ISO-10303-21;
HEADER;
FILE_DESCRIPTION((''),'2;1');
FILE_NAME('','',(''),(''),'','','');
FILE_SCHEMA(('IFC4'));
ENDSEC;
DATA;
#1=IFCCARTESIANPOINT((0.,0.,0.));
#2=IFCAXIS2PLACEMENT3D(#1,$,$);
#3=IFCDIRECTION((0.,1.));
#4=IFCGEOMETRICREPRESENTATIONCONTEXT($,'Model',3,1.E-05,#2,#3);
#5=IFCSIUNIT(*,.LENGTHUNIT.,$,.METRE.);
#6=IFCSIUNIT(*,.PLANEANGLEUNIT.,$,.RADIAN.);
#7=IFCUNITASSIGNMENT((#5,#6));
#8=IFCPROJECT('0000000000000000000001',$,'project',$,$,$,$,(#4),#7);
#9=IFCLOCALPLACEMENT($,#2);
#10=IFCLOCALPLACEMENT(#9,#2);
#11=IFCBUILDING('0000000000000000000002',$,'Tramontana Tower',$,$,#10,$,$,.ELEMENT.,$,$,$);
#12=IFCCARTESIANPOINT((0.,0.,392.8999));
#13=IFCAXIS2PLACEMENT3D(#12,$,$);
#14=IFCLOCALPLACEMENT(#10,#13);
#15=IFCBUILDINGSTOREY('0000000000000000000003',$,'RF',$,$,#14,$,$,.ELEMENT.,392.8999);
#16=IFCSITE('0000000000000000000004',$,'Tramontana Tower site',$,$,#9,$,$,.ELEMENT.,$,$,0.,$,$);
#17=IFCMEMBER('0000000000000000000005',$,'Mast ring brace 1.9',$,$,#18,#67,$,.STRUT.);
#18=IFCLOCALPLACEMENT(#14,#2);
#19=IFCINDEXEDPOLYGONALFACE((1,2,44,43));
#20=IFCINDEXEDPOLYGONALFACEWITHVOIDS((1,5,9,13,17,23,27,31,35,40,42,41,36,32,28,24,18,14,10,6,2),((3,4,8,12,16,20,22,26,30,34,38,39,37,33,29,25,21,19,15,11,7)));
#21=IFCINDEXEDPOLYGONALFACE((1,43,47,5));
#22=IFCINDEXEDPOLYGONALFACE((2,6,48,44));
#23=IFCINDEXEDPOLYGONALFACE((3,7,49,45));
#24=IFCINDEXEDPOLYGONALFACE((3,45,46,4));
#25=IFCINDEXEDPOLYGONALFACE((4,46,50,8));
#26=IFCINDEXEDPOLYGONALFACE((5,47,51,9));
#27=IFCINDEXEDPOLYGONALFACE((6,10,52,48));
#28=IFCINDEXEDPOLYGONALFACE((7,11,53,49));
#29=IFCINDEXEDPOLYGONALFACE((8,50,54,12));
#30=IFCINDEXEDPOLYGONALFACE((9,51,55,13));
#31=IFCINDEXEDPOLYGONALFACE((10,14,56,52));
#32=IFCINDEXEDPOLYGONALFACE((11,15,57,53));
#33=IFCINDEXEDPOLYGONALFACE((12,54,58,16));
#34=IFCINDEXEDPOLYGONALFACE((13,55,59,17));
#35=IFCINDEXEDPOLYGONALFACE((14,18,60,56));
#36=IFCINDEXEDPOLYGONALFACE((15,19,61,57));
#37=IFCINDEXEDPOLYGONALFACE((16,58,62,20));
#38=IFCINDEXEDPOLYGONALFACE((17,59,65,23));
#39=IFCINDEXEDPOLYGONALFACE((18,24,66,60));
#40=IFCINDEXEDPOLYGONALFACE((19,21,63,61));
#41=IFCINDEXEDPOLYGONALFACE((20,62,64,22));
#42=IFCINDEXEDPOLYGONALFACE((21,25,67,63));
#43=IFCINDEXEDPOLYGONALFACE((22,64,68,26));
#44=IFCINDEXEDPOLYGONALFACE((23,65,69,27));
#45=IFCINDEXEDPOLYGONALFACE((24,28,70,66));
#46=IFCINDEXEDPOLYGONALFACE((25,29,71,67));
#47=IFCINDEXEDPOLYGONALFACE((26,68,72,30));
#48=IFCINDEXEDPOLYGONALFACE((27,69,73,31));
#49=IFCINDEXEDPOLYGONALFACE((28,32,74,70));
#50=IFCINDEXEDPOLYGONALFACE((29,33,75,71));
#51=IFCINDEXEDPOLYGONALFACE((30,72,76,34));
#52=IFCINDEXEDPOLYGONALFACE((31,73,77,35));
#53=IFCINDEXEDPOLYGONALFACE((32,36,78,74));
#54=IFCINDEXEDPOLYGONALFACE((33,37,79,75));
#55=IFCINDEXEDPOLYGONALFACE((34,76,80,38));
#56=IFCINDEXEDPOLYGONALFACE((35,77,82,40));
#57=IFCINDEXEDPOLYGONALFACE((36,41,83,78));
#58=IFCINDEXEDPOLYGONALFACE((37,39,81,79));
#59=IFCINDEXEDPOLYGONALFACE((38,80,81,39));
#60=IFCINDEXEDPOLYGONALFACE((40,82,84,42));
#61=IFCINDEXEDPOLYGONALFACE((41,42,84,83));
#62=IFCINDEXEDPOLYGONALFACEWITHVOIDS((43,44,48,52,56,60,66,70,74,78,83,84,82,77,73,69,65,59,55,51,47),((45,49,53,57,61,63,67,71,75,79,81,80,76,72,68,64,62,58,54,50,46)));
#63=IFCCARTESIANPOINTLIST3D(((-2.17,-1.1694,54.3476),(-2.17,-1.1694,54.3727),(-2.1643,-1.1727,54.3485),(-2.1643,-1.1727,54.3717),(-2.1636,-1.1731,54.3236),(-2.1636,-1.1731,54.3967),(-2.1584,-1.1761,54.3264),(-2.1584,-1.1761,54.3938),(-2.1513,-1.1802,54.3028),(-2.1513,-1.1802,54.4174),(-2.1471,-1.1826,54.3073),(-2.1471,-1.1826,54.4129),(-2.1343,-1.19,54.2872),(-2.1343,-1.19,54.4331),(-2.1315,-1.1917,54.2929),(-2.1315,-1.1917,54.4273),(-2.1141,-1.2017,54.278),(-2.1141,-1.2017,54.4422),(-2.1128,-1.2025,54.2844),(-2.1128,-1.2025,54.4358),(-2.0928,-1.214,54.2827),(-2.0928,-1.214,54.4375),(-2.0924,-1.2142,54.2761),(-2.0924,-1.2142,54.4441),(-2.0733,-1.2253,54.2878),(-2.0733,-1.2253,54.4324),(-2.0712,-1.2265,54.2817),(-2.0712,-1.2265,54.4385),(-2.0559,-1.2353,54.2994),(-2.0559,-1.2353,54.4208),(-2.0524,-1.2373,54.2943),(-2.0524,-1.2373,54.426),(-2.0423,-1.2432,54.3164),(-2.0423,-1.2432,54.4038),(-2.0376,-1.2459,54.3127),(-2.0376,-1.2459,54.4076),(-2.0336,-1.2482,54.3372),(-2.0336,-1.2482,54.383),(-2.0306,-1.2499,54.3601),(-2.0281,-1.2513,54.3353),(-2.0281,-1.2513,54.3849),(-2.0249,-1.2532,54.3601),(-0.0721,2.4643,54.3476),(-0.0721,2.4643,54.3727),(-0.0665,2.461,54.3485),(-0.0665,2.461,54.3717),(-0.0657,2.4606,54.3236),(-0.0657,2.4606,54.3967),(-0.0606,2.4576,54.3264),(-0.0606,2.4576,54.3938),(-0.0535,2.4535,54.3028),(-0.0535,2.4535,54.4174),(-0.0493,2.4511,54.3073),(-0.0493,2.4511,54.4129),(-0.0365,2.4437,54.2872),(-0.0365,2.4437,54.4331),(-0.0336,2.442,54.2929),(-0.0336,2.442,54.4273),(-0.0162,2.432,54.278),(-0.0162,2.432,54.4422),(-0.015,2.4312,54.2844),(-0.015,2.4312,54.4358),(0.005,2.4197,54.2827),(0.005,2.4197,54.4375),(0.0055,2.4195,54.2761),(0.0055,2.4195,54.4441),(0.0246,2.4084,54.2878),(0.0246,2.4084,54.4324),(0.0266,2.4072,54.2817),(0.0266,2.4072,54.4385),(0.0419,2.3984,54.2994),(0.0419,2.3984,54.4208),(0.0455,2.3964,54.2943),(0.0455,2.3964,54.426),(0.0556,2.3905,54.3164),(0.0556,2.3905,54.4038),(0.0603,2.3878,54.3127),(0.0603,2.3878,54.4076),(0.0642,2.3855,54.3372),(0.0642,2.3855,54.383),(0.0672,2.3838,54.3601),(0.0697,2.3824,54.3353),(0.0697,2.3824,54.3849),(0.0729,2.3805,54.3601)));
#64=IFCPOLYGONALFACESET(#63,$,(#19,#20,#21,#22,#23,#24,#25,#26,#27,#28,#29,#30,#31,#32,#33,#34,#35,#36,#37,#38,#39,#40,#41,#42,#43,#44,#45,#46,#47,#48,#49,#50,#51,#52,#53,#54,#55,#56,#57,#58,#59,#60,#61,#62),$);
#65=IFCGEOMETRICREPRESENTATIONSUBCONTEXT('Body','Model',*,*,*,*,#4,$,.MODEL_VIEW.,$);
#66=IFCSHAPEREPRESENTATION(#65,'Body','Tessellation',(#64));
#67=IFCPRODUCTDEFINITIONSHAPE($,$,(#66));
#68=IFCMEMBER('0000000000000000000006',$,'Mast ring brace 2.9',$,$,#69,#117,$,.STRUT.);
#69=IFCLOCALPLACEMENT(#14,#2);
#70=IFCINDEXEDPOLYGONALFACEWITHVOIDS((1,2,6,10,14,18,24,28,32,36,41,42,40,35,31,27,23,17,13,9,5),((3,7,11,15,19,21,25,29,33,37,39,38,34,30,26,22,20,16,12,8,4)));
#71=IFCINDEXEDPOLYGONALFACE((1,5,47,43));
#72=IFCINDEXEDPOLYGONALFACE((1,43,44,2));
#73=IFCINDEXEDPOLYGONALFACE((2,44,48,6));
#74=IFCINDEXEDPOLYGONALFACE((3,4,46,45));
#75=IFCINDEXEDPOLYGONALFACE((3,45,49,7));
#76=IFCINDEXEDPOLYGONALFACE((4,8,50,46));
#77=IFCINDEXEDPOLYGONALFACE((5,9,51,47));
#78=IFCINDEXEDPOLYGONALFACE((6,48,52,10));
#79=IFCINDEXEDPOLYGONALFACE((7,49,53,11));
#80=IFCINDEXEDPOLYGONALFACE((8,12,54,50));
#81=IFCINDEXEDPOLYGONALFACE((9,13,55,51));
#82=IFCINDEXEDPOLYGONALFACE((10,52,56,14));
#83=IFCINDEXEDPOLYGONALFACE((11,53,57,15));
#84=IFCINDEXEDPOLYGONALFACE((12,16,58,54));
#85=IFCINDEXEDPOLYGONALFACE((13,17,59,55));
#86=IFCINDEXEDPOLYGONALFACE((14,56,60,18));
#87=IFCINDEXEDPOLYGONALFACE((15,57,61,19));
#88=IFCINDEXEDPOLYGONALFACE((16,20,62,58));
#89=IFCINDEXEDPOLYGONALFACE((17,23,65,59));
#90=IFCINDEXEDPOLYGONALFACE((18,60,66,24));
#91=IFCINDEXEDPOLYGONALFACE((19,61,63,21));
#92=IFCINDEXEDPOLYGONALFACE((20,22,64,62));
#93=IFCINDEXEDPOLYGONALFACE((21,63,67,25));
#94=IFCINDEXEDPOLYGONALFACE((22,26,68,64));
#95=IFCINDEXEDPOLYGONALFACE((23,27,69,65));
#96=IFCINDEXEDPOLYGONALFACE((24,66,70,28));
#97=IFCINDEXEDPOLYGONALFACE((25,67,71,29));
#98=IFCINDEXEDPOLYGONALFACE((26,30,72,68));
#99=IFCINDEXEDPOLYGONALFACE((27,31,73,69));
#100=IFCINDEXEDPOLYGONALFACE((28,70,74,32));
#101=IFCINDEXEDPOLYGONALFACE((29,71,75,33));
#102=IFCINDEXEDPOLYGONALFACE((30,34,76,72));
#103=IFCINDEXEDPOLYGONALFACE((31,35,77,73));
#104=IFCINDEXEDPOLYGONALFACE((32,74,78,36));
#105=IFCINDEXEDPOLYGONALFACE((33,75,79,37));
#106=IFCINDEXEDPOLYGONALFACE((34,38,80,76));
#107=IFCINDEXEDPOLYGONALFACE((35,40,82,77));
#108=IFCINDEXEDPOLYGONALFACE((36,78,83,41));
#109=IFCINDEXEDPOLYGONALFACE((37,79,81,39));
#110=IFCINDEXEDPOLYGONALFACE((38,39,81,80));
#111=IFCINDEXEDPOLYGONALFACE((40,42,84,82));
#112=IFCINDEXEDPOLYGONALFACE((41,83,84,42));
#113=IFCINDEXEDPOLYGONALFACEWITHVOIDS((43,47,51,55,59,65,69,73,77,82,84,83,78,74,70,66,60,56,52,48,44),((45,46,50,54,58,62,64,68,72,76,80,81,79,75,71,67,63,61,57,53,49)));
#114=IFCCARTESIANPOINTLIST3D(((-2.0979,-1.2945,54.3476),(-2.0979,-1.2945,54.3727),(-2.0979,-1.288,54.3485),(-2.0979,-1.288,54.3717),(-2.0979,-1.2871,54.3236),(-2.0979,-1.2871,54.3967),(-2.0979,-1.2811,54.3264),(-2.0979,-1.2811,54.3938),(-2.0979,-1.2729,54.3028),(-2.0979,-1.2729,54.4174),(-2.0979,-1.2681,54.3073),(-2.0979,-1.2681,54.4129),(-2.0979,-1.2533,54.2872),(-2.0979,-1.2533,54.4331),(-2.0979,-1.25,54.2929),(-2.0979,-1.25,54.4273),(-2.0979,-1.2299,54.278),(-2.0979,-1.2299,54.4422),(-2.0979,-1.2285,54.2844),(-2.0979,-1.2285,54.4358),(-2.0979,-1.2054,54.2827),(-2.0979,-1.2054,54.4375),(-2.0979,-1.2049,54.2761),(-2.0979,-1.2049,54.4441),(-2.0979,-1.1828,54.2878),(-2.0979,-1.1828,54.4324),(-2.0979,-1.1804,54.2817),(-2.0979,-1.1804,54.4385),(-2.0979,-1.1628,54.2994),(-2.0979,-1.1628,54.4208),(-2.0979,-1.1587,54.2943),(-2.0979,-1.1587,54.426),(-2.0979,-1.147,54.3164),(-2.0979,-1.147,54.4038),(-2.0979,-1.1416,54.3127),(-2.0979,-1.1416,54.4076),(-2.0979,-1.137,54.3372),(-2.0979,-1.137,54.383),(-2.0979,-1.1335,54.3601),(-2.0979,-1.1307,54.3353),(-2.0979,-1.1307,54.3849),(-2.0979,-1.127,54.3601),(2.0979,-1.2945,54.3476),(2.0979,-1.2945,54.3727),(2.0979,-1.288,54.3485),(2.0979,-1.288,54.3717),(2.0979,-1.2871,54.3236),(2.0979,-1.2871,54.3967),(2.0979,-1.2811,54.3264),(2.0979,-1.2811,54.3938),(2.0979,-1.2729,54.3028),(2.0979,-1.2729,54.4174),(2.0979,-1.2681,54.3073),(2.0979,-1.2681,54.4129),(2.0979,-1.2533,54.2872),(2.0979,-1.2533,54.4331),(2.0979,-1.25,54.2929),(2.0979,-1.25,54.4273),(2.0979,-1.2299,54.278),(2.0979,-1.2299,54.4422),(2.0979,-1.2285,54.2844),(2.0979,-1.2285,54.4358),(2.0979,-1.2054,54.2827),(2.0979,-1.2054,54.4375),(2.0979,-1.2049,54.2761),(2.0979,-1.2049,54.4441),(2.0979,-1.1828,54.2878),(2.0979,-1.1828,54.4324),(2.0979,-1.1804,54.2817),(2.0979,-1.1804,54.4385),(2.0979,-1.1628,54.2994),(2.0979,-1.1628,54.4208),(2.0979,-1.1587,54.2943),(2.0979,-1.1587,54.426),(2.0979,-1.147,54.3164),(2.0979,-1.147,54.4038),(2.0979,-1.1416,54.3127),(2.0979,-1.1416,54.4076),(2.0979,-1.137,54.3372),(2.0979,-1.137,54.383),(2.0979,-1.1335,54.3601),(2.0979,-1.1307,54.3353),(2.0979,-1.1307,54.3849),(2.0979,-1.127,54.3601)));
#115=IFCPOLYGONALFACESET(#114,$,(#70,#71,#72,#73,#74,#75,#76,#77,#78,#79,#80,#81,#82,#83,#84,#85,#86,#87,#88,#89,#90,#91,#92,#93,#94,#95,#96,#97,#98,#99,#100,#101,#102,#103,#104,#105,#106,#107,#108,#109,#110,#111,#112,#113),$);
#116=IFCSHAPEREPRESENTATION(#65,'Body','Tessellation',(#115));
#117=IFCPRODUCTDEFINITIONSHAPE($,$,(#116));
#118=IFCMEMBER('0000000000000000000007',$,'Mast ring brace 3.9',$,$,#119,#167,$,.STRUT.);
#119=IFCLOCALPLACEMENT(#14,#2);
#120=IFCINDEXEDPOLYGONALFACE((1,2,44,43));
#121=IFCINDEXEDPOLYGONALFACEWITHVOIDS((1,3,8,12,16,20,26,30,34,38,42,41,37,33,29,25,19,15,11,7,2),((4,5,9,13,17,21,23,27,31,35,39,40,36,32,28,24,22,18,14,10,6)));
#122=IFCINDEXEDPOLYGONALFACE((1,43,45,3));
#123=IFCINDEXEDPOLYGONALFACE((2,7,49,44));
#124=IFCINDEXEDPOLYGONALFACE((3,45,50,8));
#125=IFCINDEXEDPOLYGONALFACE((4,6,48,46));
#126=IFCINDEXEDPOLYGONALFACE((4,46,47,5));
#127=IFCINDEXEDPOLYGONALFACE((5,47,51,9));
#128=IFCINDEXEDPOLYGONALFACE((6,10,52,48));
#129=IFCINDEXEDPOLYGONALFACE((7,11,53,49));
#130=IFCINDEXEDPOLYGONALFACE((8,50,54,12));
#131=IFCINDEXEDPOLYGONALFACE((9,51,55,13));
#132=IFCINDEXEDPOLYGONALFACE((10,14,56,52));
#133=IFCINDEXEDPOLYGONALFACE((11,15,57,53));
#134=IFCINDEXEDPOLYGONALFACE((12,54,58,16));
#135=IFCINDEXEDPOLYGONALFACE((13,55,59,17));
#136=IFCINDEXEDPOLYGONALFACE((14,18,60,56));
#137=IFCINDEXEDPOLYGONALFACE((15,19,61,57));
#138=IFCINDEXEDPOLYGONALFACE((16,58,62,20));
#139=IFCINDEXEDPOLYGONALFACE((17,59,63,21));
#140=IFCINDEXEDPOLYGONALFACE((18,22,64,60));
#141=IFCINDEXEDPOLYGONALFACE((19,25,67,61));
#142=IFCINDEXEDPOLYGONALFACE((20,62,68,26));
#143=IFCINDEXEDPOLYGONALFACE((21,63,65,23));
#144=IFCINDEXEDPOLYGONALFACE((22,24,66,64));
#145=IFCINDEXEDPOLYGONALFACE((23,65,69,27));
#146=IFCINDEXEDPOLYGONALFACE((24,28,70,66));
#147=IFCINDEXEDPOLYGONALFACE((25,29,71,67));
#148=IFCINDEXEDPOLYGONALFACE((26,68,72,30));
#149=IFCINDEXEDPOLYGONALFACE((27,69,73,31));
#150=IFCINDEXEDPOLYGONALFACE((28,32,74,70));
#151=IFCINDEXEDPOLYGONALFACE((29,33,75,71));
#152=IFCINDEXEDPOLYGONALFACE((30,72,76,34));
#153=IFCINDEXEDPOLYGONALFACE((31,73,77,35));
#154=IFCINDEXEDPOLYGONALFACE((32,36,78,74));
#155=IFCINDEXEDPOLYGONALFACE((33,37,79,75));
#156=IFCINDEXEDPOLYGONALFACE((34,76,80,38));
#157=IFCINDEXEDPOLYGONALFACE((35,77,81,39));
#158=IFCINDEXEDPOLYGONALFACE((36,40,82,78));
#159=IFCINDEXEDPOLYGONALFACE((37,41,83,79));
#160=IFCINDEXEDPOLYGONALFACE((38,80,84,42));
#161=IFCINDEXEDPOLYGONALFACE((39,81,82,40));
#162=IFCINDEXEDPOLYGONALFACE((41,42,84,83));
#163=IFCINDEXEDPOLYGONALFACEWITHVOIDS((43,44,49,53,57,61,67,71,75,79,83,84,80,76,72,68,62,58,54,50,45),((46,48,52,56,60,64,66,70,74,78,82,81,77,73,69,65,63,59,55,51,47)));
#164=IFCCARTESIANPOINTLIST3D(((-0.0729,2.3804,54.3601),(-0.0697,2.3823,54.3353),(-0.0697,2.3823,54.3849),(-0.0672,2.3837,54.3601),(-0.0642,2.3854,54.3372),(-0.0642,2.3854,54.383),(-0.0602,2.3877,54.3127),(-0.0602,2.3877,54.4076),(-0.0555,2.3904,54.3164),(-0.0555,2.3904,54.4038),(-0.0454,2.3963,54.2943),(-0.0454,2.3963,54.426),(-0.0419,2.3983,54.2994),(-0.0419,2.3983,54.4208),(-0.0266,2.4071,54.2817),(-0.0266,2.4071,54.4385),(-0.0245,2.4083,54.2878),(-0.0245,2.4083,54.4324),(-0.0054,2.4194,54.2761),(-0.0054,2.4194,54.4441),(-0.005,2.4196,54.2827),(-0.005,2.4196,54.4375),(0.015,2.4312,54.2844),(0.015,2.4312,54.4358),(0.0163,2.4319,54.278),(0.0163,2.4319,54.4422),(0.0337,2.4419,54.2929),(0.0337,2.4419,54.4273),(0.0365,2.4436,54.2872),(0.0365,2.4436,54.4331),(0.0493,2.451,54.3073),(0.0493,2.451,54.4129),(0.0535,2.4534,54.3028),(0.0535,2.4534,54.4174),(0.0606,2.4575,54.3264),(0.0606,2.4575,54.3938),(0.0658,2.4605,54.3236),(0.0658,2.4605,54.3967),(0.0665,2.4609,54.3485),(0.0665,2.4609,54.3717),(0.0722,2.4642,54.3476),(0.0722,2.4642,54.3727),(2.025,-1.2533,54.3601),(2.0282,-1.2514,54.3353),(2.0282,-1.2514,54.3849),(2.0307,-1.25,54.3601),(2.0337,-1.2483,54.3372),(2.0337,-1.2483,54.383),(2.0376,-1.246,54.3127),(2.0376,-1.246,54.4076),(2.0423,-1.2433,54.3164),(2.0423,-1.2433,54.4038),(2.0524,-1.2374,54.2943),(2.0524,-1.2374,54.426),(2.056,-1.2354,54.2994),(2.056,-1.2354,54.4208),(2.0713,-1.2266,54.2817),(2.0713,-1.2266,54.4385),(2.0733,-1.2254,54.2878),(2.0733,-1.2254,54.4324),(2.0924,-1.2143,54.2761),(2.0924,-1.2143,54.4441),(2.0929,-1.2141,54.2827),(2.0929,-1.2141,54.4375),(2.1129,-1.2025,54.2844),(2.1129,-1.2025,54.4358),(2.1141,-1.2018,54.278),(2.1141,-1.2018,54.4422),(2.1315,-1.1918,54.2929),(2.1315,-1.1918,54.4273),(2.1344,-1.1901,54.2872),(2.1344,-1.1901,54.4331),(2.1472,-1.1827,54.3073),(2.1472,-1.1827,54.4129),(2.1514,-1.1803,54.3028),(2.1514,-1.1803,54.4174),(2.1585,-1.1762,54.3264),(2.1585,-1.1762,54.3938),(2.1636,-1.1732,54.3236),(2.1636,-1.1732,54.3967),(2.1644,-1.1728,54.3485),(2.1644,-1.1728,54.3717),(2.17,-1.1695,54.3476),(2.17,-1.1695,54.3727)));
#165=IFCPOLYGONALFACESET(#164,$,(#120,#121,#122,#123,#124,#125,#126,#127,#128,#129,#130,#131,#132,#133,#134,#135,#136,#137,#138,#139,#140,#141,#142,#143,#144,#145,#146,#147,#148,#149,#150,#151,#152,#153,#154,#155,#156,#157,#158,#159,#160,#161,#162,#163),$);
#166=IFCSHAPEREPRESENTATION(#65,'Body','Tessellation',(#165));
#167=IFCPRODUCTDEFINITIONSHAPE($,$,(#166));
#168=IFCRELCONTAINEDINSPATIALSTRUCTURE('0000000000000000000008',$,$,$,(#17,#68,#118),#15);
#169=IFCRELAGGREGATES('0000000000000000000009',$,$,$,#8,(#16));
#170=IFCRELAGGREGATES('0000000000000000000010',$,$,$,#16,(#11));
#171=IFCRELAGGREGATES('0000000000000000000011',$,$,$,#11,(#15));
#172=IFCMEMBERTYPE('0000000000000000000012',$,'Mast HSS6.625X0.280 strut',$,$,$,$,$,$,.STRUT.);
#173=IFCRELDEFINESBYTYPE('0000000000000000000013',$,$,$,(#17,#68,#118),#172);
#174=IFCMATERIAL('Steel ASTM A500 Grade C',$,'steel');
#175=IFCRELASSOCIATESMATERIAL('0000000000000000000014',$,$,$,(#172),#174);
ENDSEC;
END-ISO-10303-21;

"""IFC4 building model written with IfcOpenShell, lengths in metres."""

from ifc_helpers import new_model, si_unit, direction, frame, origin, origin_2d, place, context, subcontext, project, spatial, hollow_circle, extrude, material, material_profile, profile_set, type_object, element, save


model = new_model("IFC4")

# Units and contexts
model_context = context("Model", 3, precision=1e-05, world=origin(), true_north=direction((0.0, 1.0)))
body_context = subcontext(model_context, "Body", "Model", "MODEL_VIEW")
ifc_project = project(units=[si_unit("LENGTHUNIT", "METRE"), si_unit("PLANEANGLEUNIT", "RADIAN")], contexts=[model_context])

# Site, building, storey
site_placement = place(None, origin())
site = spatial("IfcSite", under=ifc_project, at=site_placement, Name="Tramontana Tower site", CompositionType="ELEMENT", RefElevation=0.0)
building_placement = place(site_placement, origin())
building = spatial("IfcBuilding", under=site, at=building_placement, Name="Tramontana Tower", CompositionType="ELEMENT")
storey_placement = place(building_placement, frame((0.0, 0.0, 392.8999)))
storey = spatial("IfcBuildingStorey", under=building, at=storey_placement, Name="RF", CompositionType="ELEMENT", Elevation=392.8999)

# Members
ifc_material_1 = material(Name="Steel ASTM A500 Grade C", Category="steel")
ifc_material_profile_1 = material_profile(ifc_material_1, hollow_circle(Radius=0.0842, WallThickness=0.0066, at=origin_2d()), Name="HSS6.625X0.280")
ifc_profile_set_1 = profile_set([ifc_material_profile_1], Name="Steel ASTM A500 Grade C")
member_type_1 = type_object("IfcMemberType", Name="Mast HSS6.625X0.280 strut", PredefinedType="STRUT", material=ifc_profile_set_1)
for number, where, z_axis, x_axis, name in (
    (1, (0.0, 2.4226, 54.3601), (-0.499988, -0.866032, 0.0), (0.866032, -0.499988, 0.0), "Mast ring brace 1.9"),
    (2, (-2.0979, -1.2112, 54.3601), (1.0, 0.0, 0.0), (0.0, 1.0, 0.0), "Mast ring brace 2.9"),
    (3, (2.0979, -1.2112, 54.3601), (-0.499988, 0.866032, 0.0), (-0.866032, -0.499988, 0.0), "Mast ring brace 3.9"),
):
    element("IfcMember", number, at=place(storey_placement, frame(where, z_axis=z_axis, x_axis=x_axis)), inside=storey, type_object=member_type_1, Name=name, PredefinedType="STRUT", context=body_context, shape_type="SweptSolid", body=[
        extrude(hollow_circle(Radius=0.0842, WallThickness=0.0066, at=origin_2d()), origin(), (0.0, 0.0, 1.0), 4.1958),
    ])

save(model, "model.ifc")
